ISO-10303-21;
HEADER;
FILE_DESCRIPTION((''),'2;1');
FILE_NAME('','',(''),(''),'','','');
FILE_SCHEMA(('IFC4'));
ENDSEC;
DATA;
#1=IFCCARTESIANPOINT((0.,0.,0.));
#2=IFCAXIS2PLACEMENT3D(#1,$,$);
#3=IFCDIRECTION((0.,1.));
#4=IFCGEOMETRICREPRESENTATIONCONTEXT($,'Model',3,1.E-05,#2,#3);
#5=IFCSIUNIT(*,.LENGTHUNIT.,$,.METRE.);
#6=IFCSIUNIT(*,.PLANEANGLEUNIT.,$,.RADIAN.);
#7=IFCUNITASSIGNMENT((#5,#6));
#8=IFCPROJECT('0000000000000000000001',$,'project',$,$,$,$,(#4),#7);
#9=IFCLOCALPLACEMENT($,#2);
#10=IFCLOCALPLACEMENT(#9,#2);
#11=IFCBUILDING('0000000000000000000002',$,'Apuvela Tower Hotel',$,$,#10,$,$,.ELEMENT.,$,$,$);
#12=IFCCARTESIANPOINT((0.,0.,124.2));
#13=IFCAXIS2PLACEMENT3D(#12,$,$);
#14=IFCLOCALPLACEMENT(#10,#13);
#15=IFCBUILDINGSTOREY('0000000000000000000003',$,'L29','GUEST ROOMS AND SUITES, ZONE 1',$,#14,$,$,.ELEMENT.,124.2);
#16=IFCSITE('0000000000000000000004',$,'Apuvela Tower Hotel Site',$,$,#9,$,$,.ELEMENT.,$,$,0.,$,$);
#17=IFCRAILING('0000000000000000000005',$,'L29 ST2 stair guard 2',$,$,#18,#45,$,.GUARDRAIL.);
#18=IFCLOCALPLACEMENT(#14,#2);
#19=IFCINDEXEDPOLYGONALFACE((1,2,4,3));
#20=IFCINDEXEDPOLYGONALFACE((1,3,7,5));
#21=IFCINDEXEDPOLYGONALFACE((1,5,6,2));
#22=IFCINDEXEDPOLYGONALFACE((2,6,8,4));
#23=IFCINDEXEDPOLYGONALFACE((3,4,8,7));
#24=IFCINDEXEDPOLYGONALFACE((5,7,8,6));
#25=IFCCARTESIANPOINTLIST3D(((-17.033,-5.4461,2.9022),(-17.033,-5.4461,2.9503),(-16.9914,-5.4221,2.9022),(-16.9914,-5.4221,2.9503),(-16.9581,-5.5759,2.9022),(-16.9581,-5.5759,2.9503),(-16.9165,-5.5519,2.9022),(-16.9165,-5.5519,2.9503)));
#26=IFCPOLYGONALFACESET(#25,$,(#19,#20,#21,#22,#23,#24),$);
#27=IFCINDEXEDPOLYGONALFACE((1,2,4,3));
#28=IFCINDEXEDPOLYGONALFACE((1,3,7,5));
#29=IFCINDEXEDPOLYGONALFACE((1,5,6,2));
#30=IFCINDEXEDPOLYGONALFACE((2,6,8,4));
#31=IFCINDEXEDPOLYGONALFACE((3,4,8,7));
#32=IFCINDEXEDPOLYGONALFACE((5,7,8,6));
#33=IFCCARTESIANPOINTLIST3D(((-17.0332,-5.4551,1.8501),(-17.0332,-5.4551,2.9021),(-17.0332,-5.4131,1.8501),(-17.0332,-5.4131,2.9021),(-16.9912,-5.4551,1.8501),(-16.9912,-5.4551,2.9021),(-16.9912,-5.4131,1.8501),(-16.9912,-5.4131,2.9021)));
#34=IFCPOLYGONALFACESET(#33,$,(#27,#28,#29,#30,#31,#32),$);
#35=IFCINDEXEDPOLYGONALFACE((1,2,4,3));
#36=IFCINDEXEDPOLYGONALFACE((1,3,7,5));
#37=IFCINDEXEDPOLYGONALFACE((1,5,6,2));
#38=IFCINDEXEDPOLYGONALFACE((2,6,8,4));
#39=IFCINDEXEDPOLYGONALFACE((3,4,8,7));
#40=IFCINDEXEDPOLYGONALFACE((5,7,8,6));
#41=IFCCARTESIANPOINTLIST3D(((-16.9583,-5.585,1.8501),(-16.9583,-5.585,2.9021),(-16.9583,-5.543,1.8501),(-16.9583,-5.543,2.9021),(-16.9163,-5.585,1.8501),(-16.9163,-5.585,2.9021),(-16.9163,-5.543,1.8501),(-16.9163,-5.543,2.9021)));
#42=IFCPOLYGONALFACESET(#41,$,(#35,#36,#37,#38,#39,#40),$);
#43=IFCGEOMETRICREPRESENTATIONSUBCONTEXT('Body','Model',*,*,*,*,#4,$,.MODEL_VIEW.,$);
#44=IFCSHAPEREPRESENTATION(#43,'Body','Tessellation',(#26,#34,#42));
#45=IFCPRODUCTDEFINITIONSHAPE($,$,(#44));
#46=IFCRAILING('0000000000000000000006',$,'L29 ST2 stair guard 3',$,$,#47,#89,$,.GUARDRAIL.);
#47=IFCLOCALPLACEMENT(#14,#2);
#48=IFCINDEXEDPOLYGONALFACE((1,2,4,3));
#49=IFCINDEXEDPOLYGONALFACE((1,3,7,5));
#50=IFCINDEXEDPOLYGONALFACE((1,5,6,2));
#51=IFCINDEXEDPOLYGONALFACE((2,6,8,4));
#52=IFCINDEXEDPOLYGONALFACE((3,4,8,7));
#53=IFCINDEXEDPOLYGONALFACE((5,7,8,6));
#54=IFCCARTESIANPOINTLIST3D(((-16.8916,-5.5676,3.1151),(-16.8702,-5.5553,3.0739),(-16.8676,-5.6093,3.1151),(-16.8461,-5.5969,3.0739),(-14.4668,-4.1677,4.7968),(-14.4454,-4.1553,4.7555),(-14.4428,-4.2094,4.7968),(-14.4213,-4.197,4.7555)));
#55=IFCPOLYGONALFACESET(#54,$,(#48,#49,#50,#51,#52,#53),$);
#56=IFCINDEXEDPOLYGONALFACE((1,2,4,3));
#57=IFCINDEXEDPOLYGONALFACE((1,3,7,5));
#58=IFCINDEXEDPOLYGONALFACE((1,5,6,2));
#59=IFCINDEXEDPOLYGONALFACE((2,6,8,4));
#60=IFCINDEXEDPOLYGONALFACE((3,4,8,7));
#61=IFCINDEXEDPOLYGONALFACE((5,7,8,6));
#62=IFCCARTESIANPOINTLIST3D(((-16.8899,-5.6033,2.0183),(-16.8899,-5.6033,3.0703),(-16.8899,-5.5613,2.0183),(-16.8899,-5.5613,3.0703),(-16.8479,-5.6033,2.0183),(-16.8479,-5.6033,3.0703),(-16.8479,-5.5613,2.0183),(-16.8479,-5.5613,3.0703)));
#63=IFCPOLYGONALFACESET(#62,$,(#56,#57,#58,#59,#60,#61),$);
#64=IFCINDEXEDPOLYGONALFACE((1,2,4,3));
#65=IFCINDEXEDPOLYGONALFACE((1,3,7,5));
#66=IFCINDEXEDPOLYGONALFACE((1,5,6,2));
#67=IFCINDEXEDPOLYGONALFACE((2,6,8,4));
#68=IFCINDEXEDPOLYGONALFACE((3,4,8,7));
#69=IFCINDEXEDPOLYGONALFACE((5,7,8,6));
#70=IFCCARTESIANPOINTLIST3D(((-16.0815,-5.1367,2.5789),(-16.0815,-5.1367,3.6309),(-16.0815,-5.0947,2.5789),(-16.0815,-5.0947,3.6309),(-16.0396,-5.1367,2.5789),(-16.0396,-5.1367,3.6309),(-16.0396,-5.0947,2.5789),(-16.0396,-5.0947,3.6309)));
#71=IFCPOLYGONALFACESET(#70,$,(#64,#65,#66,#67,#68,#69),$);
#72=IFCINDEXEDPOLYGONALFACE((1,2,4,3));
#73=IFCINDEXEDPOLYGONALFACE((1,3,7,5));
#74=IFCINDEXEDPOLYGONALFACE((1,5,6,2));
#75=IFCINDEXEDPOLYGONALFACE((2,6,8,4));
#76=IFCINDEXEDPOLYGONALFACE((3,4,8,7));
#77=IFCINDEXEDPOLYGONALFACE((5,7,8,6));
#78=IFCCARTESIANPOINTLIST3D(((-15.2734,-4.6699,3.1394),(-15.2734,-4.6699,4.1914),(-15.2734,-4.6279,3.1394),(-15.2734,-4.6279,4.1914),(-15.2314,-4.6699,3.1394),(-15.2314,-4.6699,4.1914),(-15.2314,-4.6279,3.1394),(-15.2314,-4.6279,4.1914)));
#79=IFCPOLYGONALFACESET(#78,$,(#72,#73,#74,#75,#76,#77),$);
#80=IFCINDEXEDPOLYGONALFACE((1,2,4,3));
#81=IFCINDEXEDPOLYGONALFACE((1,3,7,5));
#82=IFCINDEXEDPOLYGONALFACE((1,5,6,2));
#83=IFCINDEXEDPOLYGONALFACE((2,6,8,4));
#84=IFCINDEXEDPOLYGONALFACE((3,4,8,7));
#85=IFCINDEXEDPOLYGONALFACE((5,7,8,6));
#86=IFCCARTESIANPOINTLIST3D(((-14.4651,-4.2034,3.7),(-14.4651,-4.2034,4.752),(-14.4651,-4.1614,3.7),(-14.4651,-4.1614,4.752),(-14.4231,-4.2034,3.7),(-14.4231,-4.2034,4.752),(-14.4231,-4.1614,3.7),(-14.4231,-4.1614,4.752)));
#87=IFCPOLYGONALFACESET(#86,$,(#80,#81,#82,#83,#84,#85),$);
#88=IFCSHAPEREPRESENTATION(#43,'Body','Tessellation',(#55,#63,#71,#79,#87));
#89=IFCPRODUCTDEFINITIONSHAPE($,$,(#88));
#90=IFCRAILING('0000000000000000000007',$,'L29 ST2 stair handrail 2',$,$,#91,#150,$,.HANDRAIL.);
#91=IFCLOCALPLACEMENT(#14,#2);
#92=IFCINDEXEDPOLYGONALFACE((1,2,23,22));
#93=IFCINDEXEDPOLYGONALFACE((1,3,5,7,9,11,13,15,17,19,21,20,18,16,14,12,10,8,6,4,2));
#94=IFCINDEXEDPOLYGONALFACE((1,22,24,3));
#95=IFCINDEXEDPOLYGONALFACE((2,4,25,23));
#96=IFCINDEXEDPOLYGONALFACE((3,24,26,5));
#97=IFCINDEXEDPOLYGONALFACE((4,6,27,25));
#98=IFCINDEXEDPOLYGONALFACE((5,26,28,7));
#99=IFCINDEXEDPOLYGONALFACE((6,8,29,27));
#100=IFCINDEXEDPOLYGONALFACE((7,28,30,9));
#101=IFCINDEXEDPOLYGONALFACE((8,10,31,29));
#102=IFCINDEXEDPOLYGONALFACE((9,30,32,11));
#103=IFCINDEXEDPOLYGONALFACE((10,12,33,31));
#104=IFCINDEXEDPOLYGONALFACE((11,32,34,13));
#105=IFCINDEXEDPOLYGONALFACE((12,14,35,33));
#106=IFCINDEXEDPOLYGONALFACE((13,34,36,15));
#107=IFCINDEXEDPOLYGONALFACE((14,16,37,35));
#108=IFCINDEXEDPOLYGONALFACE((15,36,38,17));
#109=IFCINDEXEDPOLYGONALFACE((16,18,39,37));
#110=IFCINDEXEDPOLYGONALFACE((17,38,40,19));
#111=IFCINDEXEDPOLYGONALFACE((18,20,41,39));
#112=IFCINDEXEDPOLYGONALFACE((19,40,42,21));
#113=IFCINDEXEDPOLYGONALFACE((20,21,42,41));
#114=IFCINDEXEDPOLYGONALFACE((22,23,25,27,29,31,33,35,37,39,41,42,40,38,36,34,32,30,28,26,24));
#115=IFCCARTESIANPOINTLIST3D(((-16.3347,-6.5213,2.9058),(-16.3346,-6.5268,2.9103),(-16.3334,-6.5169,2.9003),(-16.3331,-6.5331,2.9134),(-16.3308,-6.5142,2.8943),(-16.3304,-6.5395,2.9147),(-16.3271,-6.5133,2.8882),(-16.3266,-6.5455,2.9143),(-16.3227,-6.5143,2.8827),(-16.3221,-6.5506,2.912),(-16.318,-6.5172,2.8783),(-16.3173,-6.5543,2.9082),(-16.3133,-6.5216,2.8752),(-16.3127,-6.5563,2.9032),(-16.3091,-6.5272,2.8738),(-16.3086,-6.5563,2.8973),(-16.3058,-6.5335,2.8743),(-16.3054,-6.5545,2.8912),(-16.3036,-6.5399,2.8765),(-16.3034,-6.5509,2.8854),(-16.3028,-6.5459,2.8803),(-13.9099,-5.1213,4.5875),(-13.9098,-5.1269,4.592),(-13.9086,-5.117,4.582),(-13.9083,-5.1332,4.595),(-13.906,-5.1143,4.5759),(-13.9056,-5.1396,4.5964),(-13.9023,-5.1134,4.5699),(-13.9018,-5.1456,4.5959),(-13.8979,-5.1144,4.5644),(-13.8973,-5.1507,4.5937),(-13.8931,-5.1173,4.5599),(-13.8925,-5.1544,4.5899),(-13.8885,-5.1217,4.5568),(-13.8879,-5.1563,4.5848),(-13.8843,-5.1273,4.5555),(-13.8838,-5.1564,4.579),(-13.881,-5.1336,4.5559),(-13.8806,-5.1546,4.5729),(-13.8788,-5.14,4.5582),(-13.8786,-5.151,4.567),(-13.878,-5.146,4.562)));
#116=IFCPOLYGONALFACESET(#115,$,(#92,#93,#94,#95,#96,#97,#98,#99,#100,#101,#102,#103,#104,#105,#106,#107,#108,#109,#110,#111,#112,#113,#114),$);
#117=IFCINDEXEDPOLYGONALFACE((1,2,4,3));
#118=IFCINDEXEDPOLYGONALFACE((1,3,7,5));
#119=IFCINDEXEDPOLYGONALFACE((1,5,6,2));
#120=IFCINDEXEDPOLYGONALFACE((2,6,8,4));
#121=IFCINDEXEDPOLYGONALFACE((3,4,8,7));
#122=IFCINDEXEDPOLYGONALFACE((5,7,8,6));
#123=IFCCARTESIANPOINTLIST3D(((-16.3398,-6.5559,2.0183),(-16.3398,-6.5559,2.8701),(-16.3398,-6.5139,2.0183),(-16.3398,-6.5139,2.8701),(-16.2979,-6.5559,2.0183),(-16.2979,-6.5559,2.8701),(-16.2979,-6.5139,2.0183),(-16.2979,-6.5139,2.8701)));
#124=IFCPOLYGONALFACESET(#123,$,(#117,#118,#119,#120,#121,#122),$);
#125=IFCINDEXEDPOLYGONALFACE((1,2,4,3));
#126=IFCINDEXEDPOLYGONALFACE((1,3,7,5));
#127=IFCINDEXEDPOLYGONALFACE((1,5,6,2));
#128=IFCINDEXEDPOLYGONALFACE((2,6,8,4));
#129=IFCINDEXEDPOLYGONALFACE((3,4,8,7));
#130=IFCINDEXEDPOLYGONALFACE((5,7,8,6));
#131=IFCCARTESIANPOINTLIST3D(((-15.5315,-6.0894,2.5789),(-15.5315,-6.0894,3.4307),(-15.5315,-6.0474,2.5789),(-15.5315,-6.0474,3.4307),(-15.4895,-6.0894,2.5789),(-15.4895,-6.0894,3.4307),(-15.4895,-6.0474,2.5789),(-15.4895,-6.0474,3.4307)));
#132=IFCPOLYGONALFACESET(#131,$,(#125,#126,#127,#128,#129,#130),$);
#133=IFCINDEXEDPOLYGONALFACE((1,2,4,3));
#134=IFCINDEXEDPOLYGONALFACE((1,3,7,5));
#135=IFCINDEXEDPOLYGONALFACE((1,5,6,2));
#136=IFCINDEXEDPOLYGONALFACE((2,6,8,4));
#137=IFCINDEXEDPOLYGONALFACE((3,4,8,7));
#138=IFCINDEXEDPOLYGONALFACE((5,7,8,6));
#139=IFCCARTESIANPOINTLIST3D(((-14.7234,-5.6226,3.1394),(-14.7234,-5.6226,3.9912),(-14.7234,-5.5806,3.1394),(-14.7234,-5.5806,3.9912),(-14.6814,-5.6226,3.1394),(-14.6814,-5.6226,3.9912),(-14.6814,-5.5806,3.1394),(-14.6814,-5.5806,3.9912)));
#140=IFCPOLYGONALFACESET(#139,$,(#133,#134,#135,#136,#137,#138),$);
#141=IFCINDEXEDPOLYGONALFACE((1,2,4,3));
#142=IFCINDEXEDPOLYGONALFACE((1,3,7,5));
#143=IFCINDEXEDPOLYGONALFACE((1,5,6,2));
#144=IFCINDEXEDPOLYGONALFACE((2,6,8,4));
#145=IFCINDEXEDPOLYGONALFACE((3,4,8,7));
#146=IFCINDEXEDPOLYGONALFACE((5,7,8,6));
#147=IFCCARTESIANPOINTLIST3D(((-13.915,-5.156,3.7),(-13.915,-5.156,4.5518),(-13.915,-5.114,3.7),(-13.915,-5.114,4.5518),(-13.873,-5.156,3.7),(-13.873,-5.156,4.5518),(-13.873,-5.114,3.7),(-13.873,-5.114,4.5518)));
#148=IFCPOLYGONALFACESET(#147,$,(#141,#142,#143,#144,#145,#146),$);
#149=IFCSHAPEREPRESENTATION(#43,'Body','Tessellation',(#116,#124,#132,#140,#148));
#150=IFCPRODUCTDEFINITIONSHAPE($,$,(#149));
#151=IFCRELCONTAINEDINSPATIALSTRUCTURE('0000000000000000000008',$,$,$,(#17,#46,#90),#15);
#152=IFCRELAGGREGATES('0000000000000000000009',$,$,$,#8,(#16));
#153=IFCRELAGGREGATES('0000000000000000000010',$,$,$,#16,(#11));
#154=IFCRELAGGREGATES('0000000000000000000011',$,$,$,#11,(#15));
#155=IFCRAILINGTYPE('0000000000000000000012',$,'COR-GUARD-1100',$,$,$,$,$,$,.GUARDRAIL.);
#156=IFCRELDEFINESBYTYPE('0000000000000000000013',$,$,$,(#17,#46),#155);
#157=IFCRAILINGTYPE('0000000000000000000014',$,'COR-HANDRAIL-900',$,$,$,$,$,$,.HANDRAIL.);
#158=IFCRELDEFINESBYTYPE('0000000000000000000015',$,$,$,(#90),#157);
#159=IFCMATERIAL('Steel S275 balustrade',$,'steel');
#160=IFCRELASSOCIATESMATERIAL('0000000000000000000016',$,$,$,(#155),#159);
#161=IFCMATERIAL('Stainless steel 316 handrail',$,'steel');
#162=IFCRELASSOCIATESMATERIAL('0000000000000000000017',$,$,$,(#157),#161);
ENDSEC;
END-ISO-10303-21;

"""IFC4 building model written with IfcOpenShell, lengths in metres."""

from ifc_helpers import new_model, si_unit, direction, frame, origin, origin_2d, place, context, subcontext, project, spatial, rectangle, circle, extrude, material, type_object, element, save


model = new_model("IFC4")

# Units and contexts
model_context = context("Model", 3, precision=1e-05, world=origin(), true_north=direction((0.0, 1.0)))
body_context = subcontext(model_context, "Body", "Model", "MODEL_VIEW")
ifc_project = project(units=[si_unit("LENGTHUNIT", "METRE"), si_unit("PLANEANGLEUNIT", "RADIAN")], contexts=[model_context])

# Site, building, storey
site_placement = place(None, origin())
site = spatial("IfcSite", under=ifc_project, at=site_placement, Name="Apuvela Tower Hotel Site", CompositionType="ELEMENT", RefElevation=0.0)
building_placement = place(site_placement, origin())
building = spatial("IfcBuilding", under=site, at=building_placement, Name="Apuvela Tower Hotel", CompositionType="ELEMENT")
storey_placement = place(building_placement, frame((0.0, 0.0, 124.2)))
storey = spatial("IfcBuildingStorey", under=building, at=storey_placement, Name="L29", Description="GUEST ROOMS AND SUITES, ZONE 1", CompositionType="ELEMENT", Elevation=124.2)

# Railings
ifc_material_1 = material(Name="Steel S275 balustrade", Category="steel")
railing_type_1 = type_object("IfcRailingType", Name="COR-GUARD-1100", PredefinedType="GUARDRAIL", material=ifc_material_1)
railing_1_placement = place(storey_placement, frame((-17.0122, -5.4341, 1.8501)))
element("IfcRailing", 1, at=railing_1_placement, inside=storey, type_object=railing_type_1, Name="L29 ST2 stair guard 2", PredefinedType="GUARDRAIL", context=body_context, shape_type="SweptSolid", body=[
    extrude(rectangle(XDim=0.0481, YDim=0.0481, at=origin_2d()), frame((0.0, 0.0, 1.0762), z_axis=(0.499816, -0.866131, 0.0), x_axis=(0.866131, 0.499816, 0.0)), (0.0, 0.0, 1.0), 0.1499),
    extrude(rectangle(XDim=0.042, YDim=0.042, at=origin_2d()), origin(), (0.0, 0.0, 1.0), 1.052),
    extrude(rectangle(XDim=0.042, YDim=0.042, at=origin_2d()), frame((0.075, -0.1299, 0.0)), (0.0, 0.0, 1.0), 1.052),
])
railing_2_placement = place(storey_placement, frame((-16.8689, -5.5823, 2.0183)))
element("IfcRailing", 2, at=railing_2_placement, inside=storey, type_object=railing_type_1, Name="L29 ST2 stair guard 3", PredefinedType="GUARDRAIL", context=body_context, shape_type="SweptSolid", body=[
    extrude(rectangle(XDim=0.0481, YDim=0.0481, at=origin_2d()), frame((0.0, 0.0, 1.0762), z_axis=(0.742419, 0.428618, 0.514879), x_axis=(-0.499984, 0.866035, 0.0)), (0.0, 0.0, 1.0), 3.2661),
    extrude(rectangle(XDim=0.042, YDim=0.042, at=origin_2d()), origin(), (0.0, 0.0, 1.0), 1.052),
    extrude(rectangle(XDim=0.042, YDim=0.042, at=origin_2d()), frame((0.8083, 0.4666, 0.5605)), (0.0, 0.0, 1.0), 1.052),
    extrude(rectangle(XDim=0.042, YDim=0.042, at=origin_2d()), frame((1.6165, 0.9333, 1.1211)), (0.0, 0.0, 1.0), 1.052),
    extrude(rectangle(XDim=0.042, YDim=0.042, at=origin_2d()), frame((2.4248, 1.3999, 1.6816)), (0.0, 0.0, 1.0), 1.052),
])
ifc_material_2 = material(Name="Stainless steel 316 handrail", Category="steel")
railing_type_2 = type_object("IfcRailingType", Name="COR-HANDRAIL-900", PredefinedType="HANDRAIL", material=ifc_material_2)
railing_3_placement = place(storey_placement, frame((-16.3188, -6.5349, 2.0183)))
element("IfcRailing", 3, at=railing_3_placement, inside=storey, type_object=railing_type_2, Name="L29 ST2 stair handrail 2", PredefinedType="HANDRAIL", context=body_context, shape_type="SweptSolid", body=[
    extrude(circle(Radius=0.0239, at=origin_2d()), frame((0.0, 0.0, 0.876), z_axis=(0.742419, 0.428618, 0.514879), x_axis=(-0.499984, 0.866035, 0.0)), (0.0, 0.0, 1.0), 3.2661),
    extrude(rectangle(XDim=0.042, YDim=0.042, at=origin_2d()), origin(), (0.0, 0.0, 1.0), 0.8518),
    extrude(rectangle(XDim=0.042, YDim=0.042, at=origin_2d()), frame((0.8083, 0.4666, 0.5605)), (0.0, 0.0, 1.0), 0.8518),
    extrude(rectangle(XDim=0.042, YDim=0.042, at=origin_2d()), frame((1.6165, 0.9333, 1.1211)), (0.0, 0.0, 1.0), 0.8518),
    extrude(rectangle(XDim=0.042, YDim=0.042, at=origin_2d()), frame((2.4248, 1.3999, 1.6816)), (0.0, 0.0, 1.0), 0.8518),
])

save(model, "model.ifc")
